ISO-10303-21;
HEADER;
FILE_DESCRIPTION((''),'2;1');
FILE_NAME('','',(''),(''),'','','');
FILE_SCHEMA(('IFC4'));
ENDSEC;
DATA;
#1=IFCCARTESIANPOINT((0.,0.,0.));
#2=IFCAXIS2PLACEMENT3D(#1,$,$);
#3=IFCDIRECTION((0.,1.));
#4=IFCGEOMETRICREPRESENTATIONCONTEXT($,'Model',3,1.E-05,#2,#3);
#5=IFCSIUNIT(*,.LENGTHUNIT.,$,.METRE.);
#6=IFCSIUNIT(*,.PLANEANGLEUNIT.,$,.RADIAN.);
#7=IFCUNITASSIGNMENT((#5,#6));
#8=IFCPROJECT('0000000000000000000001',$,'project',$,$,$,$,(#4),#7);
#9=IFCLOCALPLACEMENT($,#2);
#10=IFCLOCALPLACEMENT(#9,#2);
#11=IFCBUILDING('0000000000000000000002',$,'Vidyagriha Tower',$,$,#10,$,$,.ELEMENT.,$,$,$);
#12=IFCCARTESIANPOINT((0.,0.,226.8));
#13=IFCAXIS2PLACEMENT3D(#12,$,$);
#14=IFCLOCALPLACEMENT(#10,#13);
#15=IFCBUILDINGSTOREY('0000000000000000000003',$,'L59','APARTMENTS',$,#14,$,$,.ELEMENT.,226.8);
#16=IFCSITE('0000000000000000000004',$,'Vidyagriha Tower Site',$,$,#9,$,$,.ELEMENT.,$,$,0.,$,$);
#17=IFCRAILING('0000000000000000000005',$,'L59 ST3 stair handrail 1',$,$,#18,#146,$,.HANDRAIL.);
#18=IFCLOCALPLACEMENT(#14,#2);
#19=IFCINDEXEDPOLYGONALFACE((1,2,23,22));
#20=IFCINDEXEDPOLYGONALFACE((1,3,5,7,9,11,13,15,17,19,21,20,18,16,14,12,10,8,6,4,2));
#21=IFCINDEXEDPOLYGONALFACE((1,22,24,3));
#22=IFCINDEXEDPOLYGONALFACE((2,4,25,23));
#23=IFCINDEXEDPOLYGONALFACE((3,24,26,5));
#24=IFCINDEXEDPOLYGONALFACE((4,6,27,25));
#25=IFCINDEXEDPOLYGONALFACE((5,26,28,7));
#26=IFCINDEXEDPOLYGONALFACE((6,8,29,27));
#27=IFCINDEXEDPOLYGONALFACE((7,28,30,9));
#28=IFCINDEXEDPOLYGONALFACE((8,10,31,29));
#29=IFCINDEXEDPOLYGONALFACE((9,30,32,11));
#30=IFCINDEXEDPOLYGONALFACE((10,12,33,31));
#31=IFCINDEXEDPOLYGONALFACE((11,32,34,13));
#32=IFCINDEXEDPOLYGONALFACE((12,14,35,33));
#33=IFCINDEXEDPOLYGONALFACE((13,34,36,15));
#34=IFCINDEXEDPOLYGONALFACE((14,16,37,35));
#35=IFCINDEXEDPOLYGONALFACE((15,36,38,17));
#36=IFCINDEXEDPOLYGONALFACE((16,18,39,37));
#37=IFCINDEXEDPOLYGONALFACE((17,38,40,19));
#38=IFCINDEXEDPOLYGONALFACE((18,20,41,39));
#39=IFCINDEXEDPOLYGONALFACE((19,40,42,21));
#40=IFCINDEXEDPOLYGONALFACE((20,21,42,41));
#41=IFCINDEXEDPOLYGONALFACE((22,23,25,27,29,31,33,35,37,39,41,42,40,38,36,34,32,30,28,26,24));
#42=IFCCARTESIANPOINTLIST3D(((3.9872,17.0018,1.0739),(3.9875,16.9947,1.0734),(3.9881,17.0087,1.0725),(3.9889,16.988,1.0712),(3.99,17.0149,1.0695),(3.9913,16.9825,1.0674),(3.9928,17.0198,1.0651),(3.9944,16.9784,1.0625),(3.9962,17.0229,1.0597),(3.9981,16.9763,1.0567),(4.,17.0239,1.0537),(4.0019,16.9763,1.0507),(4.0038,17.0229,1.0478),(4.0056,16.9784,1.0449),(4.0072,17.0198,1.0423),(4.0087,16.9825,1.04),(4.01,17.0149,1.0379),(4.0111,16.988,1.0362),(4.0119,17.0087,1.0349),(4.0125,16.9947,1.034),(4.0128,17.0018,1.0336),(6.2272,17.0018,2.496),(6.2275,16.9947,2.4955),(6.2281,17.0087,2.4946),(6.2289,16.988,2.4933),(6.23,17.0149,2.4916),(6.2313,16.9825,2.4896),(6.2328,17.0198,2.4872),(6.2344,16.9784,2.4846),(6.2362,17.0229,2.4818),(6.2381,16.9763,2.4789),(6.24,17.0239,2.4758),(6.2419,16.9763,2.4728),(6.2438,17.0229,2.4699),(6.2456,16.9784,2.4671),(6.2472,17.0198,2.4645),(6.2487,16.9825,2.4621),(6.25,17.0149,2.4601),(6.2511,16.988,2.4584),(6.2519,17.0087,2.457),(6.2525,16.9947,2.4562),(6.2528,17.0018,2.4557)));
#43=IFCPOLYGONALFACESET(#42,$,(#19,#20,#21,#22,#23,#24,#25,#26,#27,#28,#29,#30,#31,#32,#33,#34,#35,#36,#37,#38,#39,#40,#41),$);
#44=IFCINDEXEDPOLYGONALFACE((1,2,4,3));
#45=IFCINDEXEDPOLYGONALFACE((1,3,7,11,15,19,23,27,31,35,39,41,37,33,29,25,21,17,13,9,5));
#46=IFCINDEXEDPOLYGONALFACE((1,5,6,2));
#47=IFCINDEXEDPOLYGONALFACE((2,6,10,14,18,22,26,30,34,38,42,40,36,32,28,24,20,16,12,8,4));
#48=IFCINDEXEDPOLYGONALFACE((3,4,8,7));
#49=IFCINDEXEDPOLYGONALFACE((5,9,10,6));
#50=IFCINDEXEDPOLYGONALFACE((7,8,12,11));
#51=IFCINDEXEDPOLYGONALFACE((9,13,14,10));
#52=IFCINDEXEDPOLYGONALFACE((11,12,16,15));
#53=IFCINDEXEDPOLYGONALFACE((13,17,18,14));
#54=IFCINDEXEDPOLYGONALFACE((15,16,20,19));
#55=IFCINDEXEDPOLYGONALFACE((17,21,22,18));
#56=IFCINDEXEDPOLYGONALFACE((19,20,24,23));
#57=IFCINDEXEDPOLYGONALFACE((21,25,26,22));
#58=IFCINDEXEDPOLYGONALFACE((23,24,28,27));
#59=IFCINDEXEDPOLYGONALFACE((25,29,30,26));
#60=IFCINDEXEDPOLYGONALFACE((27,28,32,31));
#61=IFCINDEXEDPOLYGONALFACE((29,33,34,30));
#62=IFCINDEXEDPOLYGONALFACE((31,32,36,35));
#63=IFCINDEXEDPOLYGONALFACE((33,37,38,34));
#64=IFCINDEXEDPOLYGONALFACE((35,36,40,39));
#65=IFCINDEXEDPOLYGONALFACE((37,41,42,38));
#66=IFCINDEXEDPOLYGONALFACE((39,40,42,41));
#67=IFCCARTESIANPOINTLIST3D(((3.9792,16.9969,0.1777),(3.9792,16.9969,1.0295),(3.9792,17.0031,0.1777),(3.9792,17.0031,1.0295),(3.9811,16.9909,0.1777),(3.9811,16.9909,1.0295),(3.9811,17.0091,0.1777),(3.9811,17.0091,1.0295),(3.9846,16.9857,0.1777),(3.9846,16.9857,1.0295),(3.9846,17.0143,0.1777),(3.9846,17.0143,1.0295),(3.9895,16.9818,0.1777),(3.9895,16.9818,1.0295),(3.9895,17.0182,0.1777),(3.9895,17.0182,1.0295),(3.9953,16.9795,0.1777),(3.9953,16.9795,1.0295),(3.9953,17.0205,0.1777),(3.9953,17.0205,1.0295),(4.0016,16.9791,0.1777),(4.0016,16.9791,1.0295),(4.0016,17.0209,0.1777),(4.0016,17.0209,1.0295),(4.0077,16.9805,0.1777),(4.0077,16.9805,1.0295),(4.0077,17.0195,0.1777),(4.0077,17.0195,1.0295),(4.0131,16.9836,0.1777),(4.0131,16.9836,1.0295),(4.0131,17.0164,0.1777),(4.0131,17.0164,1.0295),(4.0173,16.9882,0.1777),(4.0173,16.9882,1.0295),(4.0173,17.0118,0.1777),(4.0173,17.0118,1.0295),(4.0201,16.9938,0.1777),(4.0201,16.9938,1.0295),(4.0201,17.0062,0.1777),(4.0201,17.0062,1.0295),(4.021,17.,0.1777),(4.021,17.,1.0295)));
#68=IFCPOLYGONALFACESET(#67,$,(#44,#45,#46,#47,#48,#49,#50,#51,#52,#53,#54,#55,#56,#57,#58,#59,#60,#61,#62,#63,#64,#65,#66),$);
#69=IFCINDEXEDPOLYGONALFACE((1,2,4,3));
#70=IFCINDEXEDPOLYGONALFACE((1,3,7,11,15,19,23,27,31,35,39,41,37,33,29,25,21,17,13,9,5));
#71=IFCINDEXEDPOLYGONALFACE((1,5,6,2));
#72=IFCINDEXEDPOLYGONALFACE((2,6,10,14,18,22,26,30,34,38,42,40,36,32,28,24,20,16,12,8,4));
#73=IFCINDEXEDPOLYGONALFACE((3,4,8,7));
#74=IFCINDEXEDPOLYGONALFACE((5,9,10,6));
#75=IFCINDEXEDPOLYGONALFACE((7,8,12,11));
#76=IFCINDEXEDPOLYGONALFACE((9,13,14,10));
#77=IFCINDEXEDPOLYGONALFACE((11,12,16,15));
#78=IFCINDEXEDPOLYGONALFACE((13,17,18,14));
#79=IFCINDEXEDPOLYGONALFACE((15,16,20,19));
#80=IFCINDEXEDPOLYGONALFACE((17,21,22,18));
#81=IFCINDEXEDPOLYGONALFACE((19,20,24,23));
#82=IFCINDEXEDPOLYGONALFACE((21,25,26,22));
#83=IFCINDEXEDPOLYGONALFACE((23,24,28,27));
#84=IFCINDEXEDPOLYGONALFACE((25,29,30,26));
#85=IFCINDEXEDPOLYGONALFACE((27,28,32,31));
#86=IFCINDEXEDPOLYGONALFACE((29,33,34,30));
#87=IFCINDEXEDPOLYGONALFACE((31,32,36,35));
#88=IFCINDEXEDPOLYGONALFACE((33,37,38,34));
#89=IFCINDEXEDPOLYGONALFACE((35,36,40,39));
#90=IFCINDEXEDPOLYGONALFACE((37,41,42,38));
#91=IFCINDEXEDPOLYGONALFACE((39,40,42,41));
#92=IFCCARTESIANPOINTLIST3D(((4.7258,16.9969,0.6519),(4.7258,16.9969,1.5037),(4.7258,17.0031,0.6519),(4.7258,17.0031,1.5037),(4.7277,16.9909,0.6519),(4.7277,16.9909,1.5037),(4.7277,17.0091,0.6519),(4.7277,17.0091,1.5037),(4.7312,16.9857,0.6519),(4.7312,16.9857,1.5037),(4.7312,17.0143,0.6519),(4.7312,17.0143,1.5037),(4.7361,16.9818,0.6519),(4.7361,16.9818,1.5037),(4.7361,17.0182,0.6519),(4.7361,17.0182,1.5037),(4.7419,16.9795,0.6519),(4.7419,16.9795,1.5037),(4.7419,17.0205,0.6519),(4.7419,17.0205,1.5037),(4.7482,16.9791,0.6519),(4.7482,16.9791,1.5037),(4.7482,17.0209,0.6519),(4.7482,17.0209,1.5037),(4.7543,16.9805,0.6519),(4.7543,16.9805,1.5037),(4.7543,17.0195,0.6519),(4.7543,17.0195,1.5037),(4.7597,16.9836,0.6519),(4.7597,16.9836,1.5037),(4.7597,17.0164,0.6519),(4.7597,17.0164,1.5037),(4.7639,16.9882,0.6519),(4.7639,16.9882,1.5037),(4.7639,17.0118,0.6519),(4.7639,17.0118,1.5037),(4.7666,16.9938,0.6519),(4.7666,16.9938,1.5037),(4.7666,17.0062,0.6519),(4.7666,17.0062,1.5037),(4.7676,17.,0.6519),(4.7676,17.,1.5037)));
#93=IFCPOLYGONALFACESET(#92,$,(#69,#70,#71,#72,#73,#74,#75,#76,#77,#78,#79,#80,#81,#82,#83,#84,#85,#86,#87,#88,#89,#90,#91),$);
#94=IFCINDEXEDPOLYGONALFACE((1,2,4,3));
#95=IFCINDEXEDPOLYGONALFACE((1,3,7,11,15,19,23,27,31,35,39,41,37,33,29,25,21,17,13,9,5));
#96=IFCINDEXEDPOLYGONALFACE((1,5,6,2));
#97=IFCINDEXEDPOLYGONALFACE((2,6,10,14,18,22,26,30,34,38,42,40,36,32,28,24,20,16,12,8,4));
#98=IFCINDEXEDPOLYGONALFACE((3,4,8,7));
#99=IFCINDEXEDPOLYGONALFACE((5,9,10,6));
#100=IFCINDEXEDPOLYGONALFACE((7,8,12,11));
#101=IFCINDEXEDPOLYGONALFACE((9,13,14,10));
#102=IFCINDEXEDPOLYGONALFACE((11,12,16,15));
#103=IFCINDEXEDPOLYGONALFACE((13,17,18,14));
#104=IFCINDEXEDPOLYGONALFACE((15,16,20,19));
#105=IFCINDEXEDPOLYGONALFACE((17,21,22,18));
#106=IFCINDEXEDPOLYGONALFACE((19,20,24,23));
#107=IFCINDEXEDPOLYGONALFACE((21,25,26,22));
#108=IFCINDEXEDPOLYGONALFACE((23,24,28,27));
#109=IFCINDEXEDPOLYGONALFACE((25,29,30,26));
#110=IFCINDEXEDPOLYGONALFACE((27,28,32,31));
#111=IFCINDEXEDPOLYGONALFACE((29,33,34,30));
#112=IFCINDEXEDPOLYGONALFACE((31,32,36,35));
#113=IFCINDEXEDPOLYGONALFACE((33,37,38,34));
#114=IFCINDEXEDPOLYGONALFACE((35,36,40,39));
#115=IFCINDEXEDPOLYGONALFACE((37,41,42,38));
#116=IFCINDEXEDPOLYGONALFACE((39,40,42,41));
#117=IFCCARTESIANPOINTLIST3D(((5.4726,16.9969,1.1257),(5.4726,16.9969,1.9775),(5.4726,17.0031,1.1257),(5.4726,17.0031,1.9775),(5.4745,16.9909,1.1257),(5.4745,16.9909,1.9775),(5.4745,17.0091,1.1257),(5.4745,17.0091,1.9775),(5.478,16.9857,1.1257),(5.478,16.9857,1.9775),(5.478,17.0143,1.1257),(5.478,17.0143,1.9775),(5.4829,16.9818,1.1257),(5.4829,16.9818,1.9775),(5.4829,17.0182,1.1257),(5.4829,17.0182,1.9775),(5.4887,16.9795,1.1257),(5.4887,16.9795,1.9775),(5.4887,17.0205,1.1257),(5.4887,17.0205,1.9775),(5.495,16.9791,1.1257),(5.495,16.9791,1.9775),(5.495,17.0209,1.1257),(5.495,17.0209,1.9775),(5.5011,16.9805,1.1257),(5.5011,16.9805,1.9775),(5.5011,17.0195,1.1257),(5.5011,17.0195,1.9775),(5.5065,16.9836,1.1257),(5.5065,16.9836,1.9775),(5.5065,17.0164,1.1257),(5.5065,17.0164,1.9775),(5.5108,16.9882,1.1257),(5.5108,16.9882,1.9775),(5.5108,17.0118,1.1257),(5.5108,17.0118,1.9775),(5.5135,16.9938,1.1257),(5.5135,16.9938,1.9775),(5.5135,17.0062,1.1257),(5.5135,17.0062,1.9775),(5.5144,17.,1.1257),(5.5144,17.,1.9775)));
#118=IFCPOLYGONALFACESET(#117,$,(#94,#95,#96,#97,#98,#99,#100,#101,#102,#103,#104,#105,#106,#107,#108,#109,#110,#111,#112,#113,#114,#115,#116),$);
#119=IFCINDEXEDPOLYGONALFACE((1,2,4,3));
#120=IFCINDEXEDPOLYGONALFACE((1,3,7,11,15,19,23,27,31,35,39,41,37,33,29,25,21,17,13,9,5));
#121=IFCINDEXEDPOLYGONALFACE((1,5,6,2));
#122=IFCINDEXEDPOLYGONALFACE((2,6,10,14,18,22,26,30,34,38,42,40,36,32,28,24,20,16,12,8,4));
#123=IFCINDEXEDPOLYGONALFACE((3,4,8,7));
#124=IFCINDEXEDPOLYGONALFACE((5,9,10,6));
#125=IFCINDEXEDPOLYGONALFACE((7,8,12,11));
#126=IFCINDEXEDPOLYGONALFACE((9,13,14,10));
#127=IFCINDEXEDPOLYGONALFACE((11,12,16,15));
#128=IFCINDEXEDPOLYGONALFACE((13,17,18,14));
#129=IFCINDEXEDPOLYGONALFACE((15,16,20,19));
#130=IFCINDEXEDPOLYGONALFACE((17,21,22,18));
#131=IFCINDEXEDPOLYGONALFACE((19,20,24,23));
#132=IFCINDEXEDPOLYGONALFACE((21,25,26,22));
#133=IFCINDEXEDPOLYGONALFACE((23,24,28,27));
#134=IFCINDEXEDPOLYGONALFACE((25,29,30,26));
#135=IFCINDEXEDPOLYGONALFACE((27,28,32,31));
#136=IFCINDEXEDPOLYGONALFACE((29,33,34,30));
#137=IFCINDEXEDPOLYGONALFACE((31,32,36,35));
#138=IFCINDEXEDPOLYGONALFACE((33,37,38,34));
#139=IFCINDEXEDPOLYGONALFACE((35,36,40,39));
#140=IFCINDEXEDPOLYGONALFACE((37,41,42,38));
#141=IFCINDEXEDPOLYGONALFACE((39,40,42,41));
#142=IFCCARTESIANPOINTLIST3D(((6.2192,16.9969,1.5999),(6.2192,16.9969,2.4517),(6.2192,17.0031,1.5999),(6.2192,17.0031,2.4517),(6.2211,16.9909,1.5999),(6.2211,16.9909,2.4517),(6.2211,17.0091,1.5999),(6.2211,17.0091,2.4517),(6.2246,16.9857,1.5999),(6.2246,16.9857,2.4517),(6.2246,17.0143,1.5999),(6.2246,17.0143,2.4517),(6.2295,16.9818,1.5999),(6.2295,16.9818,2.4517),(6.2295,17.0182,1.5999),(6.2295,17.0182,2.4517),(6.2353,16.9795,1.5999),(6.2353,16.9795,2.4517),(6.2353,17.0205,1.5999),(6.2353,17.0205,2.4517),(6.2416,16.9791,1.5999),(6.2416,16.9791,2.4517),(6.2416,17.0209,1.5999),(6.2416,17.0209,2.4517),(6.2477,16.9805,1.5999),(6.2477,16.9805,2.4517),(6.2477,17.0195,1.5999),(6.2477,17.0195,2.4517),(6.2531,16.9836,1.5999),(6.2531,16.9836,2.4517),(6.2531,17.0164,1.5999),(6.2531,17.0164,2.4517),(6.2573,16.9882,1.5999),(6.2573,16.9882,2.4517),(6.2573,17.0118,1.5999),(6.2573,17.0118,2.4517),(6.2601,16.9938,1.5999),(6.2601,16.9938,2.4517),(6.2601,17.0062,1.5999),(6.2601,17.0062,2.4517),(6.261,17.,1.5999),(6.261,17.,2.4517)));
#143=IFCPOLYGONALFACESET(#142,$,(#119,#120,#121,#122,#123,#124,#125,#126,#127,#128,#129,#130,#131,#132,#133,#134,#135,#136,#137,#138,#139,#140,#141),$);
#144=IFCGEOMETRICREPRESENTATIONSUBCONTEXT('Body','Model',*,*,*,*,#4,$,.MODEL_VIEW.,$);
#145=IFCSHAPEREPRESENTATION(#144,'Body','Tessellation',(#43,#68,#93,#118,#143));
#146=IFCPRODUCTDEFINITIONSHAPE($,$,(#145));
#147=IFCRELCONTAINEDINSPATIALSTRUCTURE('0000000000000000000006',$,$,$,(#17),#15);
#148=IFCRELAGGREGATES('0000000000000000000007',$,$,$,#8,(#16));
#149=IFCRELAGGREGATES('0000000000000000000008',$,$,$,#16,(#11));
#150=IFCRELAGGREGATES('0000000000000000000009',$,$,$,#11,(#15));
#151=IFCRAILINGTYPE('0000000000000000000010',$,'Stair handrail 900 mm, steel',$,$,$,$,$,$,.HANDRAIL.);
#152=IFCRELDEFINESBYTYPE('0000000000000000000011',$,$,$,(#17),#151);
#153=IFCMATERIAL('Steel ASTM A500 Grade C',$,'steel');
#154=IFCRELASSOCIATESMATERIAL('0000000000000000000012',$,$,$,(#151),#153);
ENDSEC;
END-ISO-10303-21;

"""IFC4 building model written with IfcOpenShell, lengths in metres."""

from ifc_helpers import new_model, si_unit, direction, frame, origin, origin_2d, place, context, subcontext, project, spatial, circle, extrude, material, type_object, element, save


model = new_model("IFC4")

# Units and contexts
model_context = context("Model", 3, precision=1e-05, world=origin(), true_north=direction((0.0, 1.0)))
body_context = subcontext(model_context, "Body", "Model", "MODEL_VIEW")
ifc_project = project(units=[si_unit("LENGTHUNIT", "METRE"), si_unit("PLANEANGLEUNIT", "RADIAN")], contexts=[model_context])

# Site, building, storey
site_placement = place(None, origin())
site = spatial("IfcSite", under=ifc_project, at=site_placement, Name="Vidyagriha Tower Site", CompositionType="ELEMENT", RefElevation=0.0)
building_placement = place(site_placement, origin())
building = spatial("IfcBuilding", under=site, at=building_placement, Name="Vidyagriha Tower", CompositionType="ELEMENT")
storey_placement = place(building_placement, frame((0.0, 0.0, 226.8)))
storey = spatial("IfcBuildingStorey", under=building, at=storey_placement, Name="L59", Description="APARTMENTS", CompositionType="ELEMENT", Elevation=226.8)

# Railing
ifc_material_1 = material(Name="Steel ASTM A500 Grade C", Category="steel")
railing_type_1 = type_object("IfcRailingType", Name="Stair handrail 900 mm, steel", PredefinedType="HANDRAIL", material=ifc_material_1)
railing_1_placement = place(storey_placement, frame((4.0, 17.0, 0.1777)))
element("IfcRailing", 1, at=railing_1_placement, inside=storey, type_object=railing_type_1, Name="L59 ST3 stair handrail 1", PredefinedType="HANDRAIL", context=body_context, shape_type="SweptSolid", body=[
    extrude(circle(Radius=0.0239, at=origin_2d()), frame((0.0, 0.0, 0.876), z_axis=(0.844229, 0.0, 0.535982), x_axis=(0.0, 1.0, 0.0)), (0.0, 0.0, 1.0), 2.6533),
    extrude(circle(Radius=0.021, at=origin_2d()), origin(), (0.0, 0.0, 1.0), 0.8518),
    extrude(circle(Radius=0.021, at=origin_2d()), frame((0.7466, 0.0, 0.4741)), (0.0, 0.0, 1.0), 0.8518),
    extrude(circle(Radius=0.021, at=origin_2d()), frame((1.4934, 0.0, 0.948)), (0.0, 0.0, 1.0), 0.8518),
    extrude(circle(Radius=0.021, at=origin_2d()), frame((2.24, 0.0, 1.4221)), (0.0, 0.0, 1.0), 0.8518),
])

save(model, "model.ifc")
